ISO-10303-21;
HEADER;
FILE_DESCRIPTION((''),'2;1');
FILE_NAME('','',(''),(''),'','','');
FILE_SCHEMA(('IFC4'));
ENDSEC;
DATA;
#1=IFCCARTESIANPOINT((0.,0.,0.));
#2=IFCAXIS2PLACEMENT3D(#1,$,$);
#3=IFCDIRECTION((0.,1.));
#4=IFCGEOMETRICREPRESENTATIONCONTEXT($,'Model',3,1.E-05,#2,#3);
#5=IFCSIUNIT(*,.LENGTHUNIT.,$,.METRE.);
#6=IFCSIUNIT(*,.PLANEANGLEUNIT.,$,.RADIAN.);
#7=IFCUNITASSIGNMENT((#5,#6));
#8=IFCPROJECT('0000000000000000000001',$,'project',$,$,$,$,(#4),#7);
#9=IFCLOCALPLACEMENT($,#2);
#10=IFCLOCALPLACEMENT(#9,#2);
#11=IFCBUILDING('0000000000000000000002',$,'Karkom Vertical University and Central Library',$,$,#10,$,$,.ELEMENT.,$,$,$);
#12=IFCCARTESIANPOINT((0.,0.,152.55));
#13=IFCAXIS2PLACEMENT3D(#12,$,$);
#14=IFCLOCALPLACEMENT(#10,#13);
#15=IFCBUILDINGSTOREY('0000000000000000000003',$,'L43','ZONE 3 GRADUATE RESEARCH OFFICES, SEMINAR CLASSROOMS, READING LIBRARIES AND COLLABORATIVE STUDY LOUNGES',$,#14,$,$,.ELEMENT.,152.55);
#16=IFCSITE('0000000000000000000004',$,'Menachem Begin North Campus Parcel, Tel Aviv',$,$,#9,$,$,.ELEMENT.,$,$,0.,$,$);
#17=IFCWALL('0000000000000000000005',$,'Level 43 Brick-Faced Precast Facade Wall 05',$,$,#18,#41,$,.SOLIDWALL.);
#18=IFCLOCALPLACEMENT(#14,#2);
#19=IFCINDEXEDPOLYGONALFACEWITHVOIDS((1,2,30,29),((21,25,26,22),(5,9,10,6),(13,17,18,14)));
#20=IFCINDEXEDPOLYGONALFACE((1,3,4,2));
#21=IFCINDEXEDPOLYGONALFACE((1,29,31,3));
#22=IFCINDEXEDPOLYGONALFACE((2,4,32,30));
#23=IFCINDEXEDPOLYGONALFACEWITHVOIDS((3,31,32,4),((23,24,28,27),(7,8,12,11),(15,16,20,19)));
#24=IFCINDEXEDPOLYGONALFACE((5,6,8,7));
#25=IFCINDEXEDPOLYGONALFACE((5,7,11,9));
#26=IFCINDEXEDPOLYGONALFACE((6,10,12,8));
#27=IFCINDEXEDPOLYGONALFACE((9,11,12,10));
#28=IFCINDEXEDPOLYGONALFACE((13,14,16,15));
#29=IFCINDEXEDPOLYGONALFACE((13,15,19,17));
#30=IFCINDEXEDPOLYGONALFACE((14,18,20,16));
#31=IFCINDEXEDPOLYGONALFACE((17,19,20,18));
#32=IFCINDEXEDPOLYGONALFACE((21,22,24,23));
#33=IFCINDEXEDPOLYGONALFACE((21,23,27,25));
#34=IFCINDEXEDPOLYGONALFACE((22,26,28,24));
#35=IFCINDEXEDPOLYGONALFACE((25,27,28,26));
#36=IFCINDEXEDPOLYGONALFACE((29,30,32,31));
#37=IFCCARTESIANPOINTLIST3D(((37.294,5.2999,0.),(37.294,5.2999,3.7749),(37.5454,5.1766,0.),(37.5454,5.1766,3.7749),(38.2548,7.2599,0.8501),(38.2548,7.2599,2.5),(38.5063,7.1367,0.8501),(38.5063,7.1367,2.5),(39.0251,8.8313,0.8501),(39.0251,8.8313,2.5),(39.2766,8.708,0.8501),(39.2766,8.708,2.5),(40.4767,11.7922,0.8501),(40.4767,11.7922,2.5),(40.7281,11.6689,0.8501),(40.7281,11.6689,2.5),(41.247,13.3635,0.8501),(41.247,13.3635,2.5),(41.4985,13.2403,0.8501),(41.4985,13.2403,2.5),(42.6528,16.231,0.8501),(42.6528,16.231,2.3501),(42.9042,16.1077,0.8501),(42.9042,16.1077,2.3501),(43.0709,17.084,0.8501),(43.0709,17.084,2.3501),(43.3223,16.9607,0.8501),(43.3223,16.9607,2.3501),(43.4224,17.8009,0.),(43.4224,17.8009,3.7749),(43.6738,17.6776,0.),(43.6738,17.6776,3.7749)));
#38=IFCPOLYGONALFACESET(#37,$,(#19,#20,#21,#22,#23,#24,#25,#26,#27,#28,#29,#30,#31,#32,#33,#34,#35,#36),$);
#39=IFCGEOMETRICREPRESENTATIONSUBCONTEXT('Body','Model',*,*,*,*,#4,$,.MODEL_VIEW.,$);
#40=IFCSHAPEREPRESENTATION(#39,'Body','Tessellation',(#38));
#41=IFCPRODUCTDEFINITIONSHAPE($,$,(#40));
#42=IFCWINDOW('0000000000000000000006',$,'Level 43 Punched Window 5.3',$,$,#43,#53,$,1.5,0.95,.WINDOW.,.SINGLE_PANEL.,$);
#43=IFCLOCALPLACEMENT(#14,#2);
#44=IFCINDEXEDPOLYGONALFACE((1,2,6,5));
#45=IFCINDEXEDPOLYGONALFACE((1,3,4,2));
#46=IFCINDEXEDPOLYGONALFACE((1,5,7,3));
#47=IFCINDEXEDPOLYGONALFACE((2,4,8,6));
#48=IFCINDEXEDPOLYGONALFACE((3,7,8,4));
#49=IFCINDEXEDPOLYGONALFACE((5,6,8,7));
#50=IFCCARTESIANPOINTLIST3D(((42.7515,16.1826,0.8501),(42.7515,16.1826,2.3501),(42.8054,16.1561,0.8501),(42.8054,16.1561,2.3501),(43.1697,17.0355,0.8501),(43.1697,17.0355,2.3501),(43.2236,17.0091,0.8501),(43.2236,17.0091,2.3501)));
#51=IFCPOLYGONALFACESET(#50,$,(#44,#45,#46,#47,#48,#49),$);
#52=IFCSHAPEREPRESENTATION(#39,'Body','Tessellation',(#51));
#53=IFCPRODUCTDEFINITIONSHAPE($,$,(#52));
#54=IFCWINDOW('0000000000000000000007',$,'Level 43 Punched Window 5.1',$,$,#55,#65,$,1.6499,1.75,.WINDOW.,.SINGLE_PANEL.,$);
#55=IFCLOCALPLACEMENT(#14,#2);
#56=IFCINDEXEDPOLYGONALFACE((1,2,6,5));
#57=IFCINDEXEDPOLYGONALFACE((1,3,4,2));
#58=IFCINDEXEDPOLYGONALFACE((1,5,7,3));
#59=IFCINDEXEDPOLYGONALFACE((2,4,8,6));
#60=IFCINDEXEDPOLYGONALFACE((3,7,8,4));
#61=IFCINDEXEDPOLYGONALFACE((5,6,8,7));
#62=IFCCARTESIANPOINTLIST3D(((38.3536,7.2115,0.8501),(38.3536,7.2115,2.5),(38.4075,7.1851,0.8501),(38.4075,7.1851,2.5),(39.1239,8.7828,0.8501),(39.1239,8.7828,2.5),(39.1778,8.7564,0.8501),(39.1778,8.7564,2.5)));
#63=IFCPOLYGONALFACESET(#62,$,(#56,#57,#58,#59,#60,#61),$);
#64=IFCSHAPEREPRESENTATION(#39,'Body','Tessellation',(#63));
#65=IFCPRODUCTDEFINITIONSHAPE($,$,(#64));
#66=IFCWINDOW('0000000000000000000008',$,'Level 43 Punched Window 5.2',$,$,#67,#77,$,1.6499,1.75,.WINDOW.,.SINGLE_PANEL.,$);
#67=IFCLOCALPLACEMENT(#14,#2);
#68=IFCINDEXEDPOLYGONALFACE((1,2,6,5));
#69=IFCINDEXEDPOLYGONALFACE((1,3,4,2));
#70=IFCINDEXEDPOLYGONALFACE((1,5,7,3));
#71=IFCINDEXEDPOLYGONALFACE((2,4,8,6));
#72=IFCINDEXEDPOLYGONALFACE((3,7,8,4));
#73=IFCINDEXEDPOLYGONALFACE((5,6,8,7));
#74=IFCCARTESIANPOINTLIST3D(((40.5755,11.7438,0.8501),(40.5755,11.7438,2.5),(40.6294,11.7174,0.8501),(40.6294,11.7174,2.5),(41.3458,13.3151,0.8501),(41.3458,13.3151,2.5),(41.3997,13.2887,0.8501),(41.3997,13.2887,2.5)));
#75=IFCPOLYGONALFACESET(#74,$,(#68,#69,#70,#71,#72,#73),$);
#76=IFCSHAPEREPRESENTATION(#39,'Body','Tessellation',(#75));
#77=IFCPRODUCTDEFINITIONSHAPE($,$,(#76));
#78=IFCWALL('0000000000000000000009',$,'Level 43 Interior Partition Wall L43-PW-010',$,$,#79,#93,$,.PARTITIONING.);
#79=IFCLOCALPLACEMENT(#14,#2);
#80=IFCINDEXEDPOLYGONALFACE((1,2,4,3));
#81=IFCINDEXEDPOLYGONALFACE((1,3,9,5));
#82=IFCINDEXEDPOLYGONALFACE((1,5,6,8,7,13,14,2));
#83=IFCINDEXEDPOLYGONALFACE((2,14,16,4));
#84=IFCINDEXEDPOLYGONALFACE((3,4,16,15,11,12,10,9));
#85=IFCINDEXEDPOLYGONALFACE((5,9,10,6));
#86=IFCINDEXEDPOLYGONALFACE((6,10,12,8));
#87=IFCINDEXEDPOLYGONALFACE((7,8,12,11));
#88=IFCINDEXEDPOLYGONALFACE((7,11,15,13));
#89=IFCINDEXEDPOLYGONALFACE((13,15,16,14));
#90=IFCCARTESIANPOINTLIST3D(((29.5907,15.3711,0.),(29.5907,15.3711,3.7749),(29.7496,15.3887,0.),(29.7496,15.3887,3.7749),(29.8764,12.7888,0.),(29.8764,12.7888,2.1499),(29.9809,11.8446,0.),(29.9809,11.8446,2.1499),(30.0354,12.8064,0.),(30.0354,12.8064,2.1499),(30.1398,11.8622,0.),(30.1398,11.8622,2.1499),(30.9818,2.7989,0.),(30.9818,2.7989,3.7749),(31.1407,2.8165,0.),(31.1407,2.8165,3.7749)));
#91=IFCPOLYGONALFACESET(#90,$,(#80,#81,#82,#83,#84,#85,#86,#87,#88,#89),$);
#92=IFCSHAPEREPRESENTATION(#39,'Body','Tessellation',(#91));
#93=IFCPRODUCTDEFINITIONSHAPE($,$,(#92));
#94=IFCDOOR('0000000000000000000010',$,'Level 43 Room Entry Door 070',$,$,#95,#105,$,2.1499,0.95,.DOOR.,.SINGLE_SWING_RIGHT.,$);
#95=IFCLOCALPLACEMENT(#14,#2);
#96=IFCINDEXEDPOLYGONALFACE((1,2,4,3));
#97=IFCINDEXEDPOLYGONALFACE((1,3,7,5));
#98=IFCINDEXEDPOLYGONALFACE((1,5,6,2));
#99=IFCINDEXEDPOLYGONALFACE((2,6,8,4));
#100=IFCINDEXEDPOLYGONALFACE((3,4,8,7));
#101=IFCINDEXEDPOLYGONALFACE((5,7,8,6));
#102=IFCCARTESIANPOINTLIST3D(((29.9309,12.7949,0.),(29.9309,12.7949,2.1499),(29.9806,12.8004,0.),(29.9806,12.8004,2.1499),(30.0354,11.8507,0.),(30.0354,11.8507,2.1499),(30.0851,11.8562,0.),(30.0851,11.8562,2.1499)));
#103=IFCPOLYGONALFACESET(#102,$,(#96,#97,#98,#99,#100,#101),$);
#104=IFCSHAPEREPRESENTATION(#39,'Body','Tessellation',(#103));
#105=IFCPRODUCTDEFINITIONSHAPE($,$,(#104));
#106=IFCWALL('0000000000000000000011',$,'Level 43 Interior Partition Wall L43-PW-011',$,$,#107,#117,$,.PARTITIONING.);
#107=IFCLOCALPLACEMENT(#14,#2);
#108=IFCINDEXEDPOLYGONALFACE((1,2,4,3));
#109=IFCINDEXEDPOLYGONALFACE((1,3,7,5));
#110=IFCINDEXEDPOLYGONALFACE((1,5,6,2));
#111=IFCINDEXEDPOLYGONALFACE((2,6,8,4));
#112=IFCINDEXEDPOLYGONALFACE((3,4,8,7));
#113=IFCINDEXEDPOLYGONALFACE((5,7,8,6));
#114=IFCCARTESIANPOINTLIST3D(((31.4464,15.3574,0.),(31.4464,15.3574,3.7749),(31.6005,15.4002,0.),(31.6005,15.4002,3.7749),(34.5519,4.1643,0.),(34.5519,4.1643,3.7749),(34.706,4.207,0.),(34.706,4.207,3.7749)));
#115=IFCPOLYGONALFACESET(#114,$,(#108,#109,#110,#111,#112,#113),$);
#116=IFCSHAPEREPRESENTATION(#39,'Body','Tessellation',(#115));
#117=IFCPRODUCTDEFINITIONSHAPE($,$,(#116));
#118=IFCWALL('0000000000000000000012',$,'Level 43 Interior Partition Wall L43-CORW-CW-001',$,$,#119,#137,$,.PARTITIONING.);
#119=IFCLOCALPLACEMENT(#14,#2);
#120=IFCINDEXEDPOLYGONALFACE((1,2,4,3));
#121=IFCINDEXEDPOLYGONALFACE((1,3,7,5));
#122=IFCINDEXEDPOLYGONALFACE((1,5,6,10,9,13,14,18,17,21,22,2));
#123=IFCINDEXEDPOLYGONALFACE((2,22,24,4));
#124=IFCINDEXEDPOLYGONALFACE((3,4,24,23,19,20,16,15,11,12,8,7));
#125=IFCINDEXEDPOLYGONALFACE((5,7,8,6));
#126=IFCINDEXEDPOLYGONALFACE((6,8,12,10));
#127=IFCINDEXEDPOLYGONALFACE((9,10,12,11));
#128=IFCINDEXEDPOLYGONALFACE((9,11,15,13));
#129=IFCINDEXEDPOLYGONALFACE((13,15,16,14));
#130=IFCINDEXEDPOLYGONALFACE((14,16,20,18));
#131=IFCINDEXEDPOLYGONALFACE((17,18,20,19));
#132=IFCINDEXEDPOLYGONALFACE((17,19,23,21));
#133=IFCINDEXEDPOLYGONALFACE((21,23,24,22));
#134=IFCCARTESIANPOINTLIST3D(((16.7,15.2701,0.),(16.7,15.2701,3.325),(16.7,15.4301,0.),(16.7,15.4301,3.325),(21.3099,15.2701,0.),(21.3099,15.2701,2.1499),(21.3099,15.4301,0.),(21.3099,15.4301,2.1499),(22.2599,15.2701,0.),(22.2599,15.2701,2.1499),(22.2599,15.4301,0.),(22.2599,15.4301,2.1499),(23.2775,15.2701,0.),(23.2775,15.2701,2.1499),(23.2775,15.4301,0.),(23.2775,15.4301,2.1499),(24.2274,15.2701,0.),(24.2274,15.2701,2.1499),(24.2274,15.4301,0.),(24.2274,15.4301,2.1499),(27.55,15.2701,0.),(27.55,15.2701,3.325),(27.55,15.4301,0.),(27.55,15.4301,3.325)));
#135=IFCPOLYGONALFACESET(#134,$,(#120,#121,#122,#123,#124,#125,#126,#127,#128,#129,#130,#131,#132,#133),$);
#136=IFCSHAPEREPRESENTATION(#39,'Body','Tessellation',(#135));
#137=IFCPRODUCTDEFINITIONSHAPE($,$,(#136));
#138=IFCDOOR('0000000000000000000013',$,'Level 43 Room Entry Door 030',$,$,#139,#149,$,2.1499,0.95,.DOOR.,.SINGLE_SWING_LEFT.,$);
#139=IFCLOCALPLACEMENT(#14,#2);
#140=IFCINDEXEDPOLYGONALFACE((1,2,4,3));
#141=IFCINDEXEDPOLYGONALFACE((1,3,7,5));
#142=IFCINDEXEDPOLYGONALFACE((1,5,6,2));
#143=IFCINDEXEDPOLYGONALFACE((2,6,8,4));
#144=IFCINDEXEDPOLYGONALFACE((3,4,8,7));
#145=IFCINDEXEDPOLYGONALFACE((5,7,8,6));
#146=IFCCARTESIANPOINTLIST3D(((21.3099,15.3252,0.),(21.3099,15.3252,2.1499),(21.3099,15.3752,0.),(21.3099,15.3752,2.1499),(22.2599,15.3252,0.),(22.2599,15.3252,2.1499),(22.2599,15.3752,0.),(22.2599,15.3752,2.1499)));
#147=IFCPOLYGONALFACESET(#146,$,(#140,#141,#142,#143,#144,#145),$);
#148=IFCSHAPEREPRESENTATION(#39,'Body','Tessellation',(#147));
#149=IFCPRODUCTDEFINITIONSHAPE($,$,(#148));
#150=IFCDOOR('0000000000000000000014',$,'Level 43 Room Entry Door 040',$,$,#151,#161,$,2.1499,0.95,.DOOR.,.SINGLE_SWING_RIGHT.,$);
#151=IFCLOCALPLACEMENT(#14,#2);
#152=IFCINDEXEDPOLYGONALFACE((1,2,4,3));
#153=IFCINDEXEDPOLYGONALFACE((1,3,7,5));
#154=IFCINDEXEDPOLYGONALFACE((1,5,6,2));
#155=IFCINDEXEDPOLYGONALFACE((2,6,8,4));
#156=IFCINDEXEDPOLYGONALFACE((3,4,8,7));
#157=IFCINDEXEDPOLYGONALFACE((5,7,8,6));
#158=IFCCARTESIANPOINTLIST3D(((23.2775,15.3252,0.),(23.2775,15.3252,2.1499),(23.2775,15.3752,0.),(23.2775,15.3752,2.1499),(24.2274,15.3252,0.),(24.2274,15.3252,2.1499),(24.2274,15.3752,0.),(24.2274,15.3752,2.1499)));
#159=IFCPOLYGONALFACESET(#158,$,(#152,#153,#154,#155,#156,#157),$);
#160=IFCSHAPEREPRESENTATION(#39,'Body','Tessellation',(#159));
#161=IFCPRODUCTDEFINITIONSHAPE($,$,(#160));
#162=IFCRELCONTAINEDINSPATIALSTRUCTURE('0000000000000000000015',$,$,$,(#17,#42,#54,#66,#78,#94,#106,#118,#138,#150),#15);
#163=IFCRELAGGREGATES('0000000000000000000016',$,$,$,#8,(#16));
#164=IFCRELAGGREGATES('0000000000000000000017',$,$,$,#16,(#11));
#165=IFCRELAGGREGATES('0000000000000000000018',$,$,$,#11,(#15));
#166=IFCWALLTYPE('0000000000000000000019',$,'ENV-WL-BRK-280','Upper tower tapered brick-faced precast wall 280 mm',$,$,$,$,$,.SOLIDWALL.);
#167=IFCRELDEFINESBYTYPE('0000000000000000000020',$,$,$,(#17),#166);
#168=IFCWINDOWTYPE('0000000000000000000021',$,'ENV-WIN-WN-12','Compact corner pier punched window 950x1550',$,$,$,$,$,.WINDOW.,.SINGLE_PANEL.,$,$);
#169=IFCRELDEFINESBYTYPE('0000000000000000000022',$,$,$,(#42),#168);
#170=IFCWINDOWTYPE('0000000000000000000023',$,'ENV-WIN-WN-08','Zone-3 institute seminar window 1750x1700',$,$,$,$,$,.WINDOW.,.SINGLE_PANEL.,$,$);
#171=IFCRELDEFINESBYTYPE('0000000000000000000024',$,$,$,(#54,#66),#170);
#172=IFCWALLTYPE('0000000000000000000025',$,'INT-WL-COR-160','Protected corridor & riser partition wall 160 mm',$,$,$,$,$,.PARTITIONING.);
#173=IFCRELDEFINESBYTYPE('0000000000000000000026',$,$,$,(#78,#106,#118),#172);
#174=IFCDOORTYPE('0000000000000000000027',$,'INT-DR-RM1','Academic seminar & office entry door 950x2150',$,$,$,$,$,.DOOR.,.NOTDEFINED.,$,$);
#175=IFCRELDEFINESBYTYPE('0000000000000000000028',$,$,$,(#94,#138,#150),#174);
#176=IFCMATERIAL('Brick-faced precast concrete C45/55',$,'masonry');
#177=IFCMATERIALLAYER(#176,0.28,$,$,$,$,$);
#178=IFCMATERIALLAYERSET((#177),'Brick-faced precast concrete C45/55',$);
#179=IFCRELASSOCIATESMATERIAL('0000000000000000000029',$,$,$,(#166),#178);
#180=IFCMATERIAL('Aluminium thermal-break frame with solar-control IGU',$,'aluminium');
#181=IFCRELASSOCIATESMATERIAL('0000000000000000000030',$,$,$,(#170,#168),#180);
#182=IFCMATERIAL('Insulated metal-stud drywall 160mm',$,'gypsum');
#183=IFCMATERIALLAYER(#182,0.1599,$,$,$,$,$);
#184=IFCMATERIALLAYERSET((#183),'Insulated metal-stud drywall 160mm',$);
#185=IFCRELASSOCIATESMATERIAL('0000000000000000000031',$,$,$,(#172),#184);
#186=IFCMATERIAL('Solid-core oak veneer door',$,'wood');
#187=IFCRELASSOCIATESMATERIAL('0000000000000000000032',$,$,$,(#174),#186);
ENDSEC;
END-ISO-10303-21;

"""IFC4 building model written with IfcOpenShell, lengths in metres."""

from ifc_helpers import new_model, si_unit, direction, frame, frame_2d, origin, origin_with_axes, place, context, subcontext, project, spatial, rectangle, extrude, source, transform, mapped, material, layer, layer_set, type_object, element, fill, save


model = new_model("IFC4")

# Units and contexts
model_context = context("Model", 3, precision=1e-05, world=origin(), true_north=direction((0.0, 1.0)))
body_context = subcontext(model_context, "Body", "Model", "MODEL_VIEW")
ifc_project = project(units=[si_unit("LENGTHUNIT", "METRE"), si_unit("PLANEANGLEUNIT", "RADIAN")], contexts=[model_context])

# Site, building, storey
site_placement = place(None, origin())
site = spatial("IfcSite", under=ifc_project, at=site_placement, Name="Menachem Begin North Campus Parcel, Tel Aviv", CompositionType="ELEMENT", RefElevation=0.0)
building_placement = place(site_placement, origin())
building = spatial("IfcBuilding", under=site, at=building_placement, Name="Karkom Vertical University and Central Library", CompositionType="ELEMENT")
storey_placement = place(building_placement, frame((0.0, 0.0, 152.55)))
storey = spatial("IfcBuildingStorey", under=building, at=storey_placement, Name="L43", Description="ZONE 3 GRADUATE RESEARCH OFFICES, SEMINAR CLASSROOMS, READING LIBRARIES AND COLLABORATIVE STUDY LOUNGES", CompositionType="ELEMENT", Elevation=152.55)

# Wall, openings, windows
ifc_material_1 = material(Name="Brick-faced precast concrete C45/55", Category="masonry")
ifc_layer_1 = layer(ifc_material_1, 0.28)
ifc_layer_set_1 = layer_set([ifc_layer_1], Name="Brick-faced precast concrete C45/55")
wall_type_1 = type_object("IfcWallType", Name="ENV-WL-BRK-280", Description="Upper tower tapered brick-faced precast wall 280 mm", PredefinedType="SOLIDWALL", material=ifc_layer_set_1)
ifc_material_2 = material(Name="Aluminium thermal-break frame with solar-control IGU", Category="aluminium")
window_type_1 = type_object("IfcWindowType", Name="ENV-WIN-WN-08", Description="Zone-3 institute seminar window 1750x1700", PartitioningType="SINGLE_PANEL", PredefinedType="WINDOW", material=ifc_material_2)
shared_shape_1 = source(origin_with_axes(), body_context, "Body", "SweptSolid", [
    extrude(rectangle(XDim=1.75, YDim=1.6499, at=frame_2d((0.875, 0.825))), frame((0.0, 0.03, 0.0), z_axis=(0.0, -1.0, 0.0), x_axis=(1.0, 0.0, 0.0)), (0.0, 0.0, 1.0), 0.0601),
])
wall_1_placement = place(storey_placement, frame((37.4197, 5.2383, 0.0), z_axis=(0.0, 0.0, 1.0), x_axis=(0.440185, 0.897907, 0.0)))
wall_1 = element("IfcWall", 1, at=wall_1_placement, inside=storey, type_object=wall_type_1, Name="Level 43 Brick-Faced Precast Facade Wall 05", PredefinedType="SOLIDWALL", context=body_context, shape_type="SweptSolid", body=[
    extrude(rectangle(XDim=13.9224, YDim=0.28, at=frame_2d((6.9612, 0.0))), origin(), (0.0, 0.0, 1.0), 3.7749),
])
opening_1_placement = place(wall_1_placement, frame((2.1829, 0.0, 0.8501)))
opening_1 = element("IfcOpeningElement", 2, at=opening_1_placement, cuts=wall_1, PredefinedType="OPENING", context=body_context, shape_type="SweptSolid", body=[
    extrude(rectangle(XDim=1.75, YDim=1.6499, at=frame_2d((0.875, 0.825))), frame((0.0, 0.1499, 0.0), z_axis=(0.0, -1.0, 0.0), x_axis=(1.0, 0.0, 0.0)), (0.0, 0.0, 1.0), 0.3),
])
opening_2_placement = place(wall_1_placement, frame((7.2305, 0.0, 0.8501)))
opening_2 = element("IfcOpeningElement", 3, at=opening_2_placement, cuts=wall_1, PredefinedType="OPENING", context=body_context, shape_type="SweptSolid", body=[
    extrude(rectangle(XDim=1.75, YDim=1.6499, at=frame_2d((0.875, 0.825))), frame((0.0, 0.1499, 0.0), z_axis=(0.0, -1.0, 0.0), x_axis=(1.0, 0.0, 0.0)), (0.0, 0.0, 1.0), 0.3),
])
opening_3_placement = place(wall_1_placement, frame((12.1738, 0.0, 0.8501)))
opening_3 = element("IfcOpeningElement", 4, at=opening_3_placement, cuts=wall_1, PredefinedType="OPENING", context=body_context, shape_type="SweptSolid", body=[
    extrude(rectangle(XDim=0.95, YDim=1.5, at=frame_2d((0.4751, 0.75))), frame((0.0, 0.1499, 0.0), z_axis=(0.0, -1.0, 0.0), x_axis=(1.0, 0.0, 0.0)), (0.0, 0.0, 1.0), 0.3),
])
window_type_2 = type_object("IfcWindowType", Name="ENV-WIN-WN-12", Description="Compact corner pier punched window 950x1550", PartitioningType="SINGLE_PANEL", PredefinedType="WINDOW", material=ifc_material_2)
shared_shape_2 = source(origin_with_axes(), body_context, "Body", "SweptSolid", [
    extrude(rectangle(XDim=0.95, YDim=1.5, at=frame_2d((0.4751, 0.75))), frame((0.0, 0.03, 0.0), z_axis=(0.0, -1.0, 0.0), x_axis=(1.0, 0.0, 0.0)), (0.0, 0.0, 1.0), 0.0601),
])
window_1_placement = place(opening_3_placement, origin())
window_1 = element("IfcWindow", 5, at=window_1_placement, inside=storey, type_object=window_type_2, Name="Level 43 Punched Window 5.3", OverallHeight=1.5, OverallWidth=0.95, PartitioningType="SINGLE_PANEL", PredefinedType="WINDOW", context=body_context, shape_type="MappedRepresentation", body=[
    mapped(shared_shape_2, transform((0.0, 0.0, 0.0), scale=1.0)),
])
fill(opening_3, window_1)
window_2_placement = place(opening_1_placement, origin())
window_2 = element("IfcWindow", 6, at=window_2_placement, inside=storey, type_object=window_type_1, Name="Level 43 Punched Window 5.1", OverallHeight=1.6499, OverallWidth=1.75, PartitioningType="SINGLE_PANEL", PredefinedType="WINDOW", context=body_context, shape_type="MappedRepresentation", body=[
    mapped(shared_shape_1, transform((0.0, 0.0, 0.0), scale=1.0)),
])
fill(opening_1, window_2)
window_3_placement = place(opening_2_placement, origin())
window_3 = element("IfcWindow", 7, at=window_3_placement, inside=storey, type_object=window_type_1, Name="Level 43 Punched Window 5.2", OverallHeight=1.6499, OverallWidth=1.75, PartitioningType="SINGLE_PANEL", PredefinedType="WINDOW", context=body_context, shape_type="MappedRepresentation", body=[
    mapped(shared_shape_1, transform((0.0, 0.0, 0.0), scale=1.0)),
])
fill(opening_2, window_3)

# Wall, opening, door
ifc_material_3 = material(Name="Insulated metal-stud drywall 160mm", Category="gypsum")
ifc_layer_2 = layer(ifc_material_3, 0.1599)
ifc_layer_set_2 = layer_set([ifc_layer_2], Name="Insulated metal-stud drywall 160mm")
wall_type_2 = type_object("IfcWallType", Name="INT-WL-COR-160", Description="Protected corridor & riser partition wall 160 mm", PredefinedType="PARTITIONING", material=ifc_layer_set_2)
wall_2_placement = place(storey_placement, frame((29.6702, 15.3799, 0.0), z_axis=(0.0, 0.0, 1.0), x_axis=(0.109978, -0.993934, 0.0)))
wall_2 = element("IfcWall", 8, at=wall_2_placement, inside=storey, type_object=wall_type_2, Name="Level 43 Interior Partition Wall L43-PW-010", PredefinedType="PARTITIONING", context=body_context, shape_type="SweptSolid", body=[
    extrude(rectangle(XDim=12.6489, YDim=0.1599, at=frame_2d((6.3245, 0.0))), origin(), (0.0, 0.0, 1.0), 3.7749),
])
opening_4_placement = place(wall_2_placement, frame((2.5979, 0.0, 0.0)))
opening_4 = element("IfcOpeningElement", 9, at=opening_4_placement, cuts=wall_2, PredefinedType="OPENING", context=body_context, shape_type="SweptSolid", body=[
    extrude(rectangle(XDim=0.95, YDim=2.1499, at=frame_2d((0.4751, 1.075))), frame((0.0, 0.0898, 0.0), z_axis=(0.0, -1.0, 0.0), x_axis=(1.0, 0.0, 0.0)), (0.0, 0.0, 1.0), 0.1799),
])
ifc_material_4 = material(Name="Solid-core oak veneer door", Category="wood")
door_type = type_object("IfcDoorType", Name="INT-DR-RM1", Description="Academic seminar & office entry door 950x2150", OperationType="NOTDEFINED", PredefinedType="DOOR", material=ifc_material_4)
shared_shape_3 = source(origin_with_axes(), body_context, "Body", "SweptSolid", [
    extrude(rectangle(XDim=0.95, YDim=2.1499, at=frame_2d((0.4751, 1.075))), frame((0.0, 0.0249, 0.0), z_axis=(0.0, -1.0, 0.0), x_axis=(1.0, 0.0, 0.0)), (0.0, 0.0, 1.0), 0.05),
])
door_1_placement = place(opening_4_placement, origin())
door_1 = element("IfcDoor", 10, at=door_1_placement, inside=storey, type_object=door_type, Name="Level 43 Room Entry Door 070", OperationType="SINGLE_SWING_RIGHT", OverallHeight=2.1499, OverallWidth=0.95, PredefinedType="DOOR", context=body_context, shape_type="MappedRepresentation", body=[
    mapped(shared_shape_3, transform((0.0, 0.0, 0.0), scale=1.0)),
])
fill(opening_4, door_1)

# Wall
wall_3_placement = place(storey_placement, frame((31.5234, 15.3789, 0.0), z_axis=(0.0, 0.0, 1.0), x_axis=(0.267346, -0.963601, 0.0)))
element("IfcWall", 11, at=wall_3_placement, inside=storey, type_object=wall_type_2, Name="Level 43 Interior Partition Wall L43-PW-011", PredefinedType="PARTITIONING", context=body_context, shape_type="SweptSolid", body=[
    extrude(rectangle(XDim=11.616, YDim=0.1599, at=frame_2d((5.8081, 0.0))), origin(), (0.0, 0.0, 1.0), 3.7749),
])

# Wall, openings, doors
wall_4_placement = place(storey_placement, frame((27.55, 15.3501, 0.0), z_axis=(0.0, 0.0, 1.0), x_axis=(-1.0, 0.0, 0.0)))
wall_4 = element("IfcWall", 12, at=wall_4_placement, inside=storey, type_object=wall_type_2, Name="Level 43 Interior Partition Wall L43-CORW-CW-001", PredefinedType="PARTITIONING", context=body_context, shape_type="SweptSolid", body=[
    extrude(rectangle(XDim=10.8501, YDim=0.1599, at=frame_2d((5.425, 0.0))), origin(), (0.0, 0.0, 1.0), 3.325),
])
opening_5_placement = place(wall_4_placement, frame((5.29, 0.0, 0.0)))
opening_5 = element("IfcOpeningElement", 13, at=opening_5_placement, cuts=wall_4, PredefinedType="OPENING", context=body_context, shape_type="SweptSolid", body=[
    extrude(rectangle(XDim=0.95, YDim=2.1499, at=frame_2d((0.4751, 1.075))), frame((0.0, 0.0898, 0.0), z_axis=(0.0, -1.0, 0.0), x_axis=(1.0, 0.0, 0.0)), (0.0, 0.0, 1.0), 0.1799),
])
opening_6_placement = place(wall_4_placement, frame((3.3225, 0.0, 0.0)))
opening_6 = element("IfcOpeningElement", 14, at=opening_6_placement, cuts=wall_4, PredefinedType="OPENING", context=body_context, shape_type="SweptSolid", body=[
    extrude(rectangle(XDim=0.95, YDim=2.1499, at=frame_2d((0.4751, 1.075))), frame((0.0, 0.0898, 0.0), z_axis=(0.0, -1.0, 0.0), x_axis=(1.0, 0.0, 0.0)), (0.0, 0.0, 1.0), 0.1799),
])
door_2_placement = place(opening_5_placement, origin())
door_2 = element("IfcDoor", 15, at=door_2_placement, inside=storey, type_object=door_type, Name="Level 43 Room Entry Door 030", OperationType="SINGLE_SWING_LEFT", OverallHeight=2.1499, OverallWidth=0.95, PredefinedType="DOOR", context=body_context, shape_type="MappedRepresentation", body=[
    mapped(shared_shape_3, transform((0.0, 0.0, 0.0), scale=1.0)),
])
fill(opening_5, door_2)
door_3_placement = place(opening_6_placement, origin())
door_3 = element("IfcDoor", 16, at=door_3_placement, inside=storey, type_object=door_type, Name="Level 43 Room Entry Door 040", OperationType="SINGLE_SWING_RIGHT", OverallHeight=2.1499, OverallWidth=0.95, PredefinedType="DOOR", context=body_context, shape_type="MappedRepresentation", body=[
    mapped(shared_shape_3, transform((0.0, 0.0, 0.0), scale=1.0)),
])
fill(opening_6, door_3)

save(model, "model.ifc")
